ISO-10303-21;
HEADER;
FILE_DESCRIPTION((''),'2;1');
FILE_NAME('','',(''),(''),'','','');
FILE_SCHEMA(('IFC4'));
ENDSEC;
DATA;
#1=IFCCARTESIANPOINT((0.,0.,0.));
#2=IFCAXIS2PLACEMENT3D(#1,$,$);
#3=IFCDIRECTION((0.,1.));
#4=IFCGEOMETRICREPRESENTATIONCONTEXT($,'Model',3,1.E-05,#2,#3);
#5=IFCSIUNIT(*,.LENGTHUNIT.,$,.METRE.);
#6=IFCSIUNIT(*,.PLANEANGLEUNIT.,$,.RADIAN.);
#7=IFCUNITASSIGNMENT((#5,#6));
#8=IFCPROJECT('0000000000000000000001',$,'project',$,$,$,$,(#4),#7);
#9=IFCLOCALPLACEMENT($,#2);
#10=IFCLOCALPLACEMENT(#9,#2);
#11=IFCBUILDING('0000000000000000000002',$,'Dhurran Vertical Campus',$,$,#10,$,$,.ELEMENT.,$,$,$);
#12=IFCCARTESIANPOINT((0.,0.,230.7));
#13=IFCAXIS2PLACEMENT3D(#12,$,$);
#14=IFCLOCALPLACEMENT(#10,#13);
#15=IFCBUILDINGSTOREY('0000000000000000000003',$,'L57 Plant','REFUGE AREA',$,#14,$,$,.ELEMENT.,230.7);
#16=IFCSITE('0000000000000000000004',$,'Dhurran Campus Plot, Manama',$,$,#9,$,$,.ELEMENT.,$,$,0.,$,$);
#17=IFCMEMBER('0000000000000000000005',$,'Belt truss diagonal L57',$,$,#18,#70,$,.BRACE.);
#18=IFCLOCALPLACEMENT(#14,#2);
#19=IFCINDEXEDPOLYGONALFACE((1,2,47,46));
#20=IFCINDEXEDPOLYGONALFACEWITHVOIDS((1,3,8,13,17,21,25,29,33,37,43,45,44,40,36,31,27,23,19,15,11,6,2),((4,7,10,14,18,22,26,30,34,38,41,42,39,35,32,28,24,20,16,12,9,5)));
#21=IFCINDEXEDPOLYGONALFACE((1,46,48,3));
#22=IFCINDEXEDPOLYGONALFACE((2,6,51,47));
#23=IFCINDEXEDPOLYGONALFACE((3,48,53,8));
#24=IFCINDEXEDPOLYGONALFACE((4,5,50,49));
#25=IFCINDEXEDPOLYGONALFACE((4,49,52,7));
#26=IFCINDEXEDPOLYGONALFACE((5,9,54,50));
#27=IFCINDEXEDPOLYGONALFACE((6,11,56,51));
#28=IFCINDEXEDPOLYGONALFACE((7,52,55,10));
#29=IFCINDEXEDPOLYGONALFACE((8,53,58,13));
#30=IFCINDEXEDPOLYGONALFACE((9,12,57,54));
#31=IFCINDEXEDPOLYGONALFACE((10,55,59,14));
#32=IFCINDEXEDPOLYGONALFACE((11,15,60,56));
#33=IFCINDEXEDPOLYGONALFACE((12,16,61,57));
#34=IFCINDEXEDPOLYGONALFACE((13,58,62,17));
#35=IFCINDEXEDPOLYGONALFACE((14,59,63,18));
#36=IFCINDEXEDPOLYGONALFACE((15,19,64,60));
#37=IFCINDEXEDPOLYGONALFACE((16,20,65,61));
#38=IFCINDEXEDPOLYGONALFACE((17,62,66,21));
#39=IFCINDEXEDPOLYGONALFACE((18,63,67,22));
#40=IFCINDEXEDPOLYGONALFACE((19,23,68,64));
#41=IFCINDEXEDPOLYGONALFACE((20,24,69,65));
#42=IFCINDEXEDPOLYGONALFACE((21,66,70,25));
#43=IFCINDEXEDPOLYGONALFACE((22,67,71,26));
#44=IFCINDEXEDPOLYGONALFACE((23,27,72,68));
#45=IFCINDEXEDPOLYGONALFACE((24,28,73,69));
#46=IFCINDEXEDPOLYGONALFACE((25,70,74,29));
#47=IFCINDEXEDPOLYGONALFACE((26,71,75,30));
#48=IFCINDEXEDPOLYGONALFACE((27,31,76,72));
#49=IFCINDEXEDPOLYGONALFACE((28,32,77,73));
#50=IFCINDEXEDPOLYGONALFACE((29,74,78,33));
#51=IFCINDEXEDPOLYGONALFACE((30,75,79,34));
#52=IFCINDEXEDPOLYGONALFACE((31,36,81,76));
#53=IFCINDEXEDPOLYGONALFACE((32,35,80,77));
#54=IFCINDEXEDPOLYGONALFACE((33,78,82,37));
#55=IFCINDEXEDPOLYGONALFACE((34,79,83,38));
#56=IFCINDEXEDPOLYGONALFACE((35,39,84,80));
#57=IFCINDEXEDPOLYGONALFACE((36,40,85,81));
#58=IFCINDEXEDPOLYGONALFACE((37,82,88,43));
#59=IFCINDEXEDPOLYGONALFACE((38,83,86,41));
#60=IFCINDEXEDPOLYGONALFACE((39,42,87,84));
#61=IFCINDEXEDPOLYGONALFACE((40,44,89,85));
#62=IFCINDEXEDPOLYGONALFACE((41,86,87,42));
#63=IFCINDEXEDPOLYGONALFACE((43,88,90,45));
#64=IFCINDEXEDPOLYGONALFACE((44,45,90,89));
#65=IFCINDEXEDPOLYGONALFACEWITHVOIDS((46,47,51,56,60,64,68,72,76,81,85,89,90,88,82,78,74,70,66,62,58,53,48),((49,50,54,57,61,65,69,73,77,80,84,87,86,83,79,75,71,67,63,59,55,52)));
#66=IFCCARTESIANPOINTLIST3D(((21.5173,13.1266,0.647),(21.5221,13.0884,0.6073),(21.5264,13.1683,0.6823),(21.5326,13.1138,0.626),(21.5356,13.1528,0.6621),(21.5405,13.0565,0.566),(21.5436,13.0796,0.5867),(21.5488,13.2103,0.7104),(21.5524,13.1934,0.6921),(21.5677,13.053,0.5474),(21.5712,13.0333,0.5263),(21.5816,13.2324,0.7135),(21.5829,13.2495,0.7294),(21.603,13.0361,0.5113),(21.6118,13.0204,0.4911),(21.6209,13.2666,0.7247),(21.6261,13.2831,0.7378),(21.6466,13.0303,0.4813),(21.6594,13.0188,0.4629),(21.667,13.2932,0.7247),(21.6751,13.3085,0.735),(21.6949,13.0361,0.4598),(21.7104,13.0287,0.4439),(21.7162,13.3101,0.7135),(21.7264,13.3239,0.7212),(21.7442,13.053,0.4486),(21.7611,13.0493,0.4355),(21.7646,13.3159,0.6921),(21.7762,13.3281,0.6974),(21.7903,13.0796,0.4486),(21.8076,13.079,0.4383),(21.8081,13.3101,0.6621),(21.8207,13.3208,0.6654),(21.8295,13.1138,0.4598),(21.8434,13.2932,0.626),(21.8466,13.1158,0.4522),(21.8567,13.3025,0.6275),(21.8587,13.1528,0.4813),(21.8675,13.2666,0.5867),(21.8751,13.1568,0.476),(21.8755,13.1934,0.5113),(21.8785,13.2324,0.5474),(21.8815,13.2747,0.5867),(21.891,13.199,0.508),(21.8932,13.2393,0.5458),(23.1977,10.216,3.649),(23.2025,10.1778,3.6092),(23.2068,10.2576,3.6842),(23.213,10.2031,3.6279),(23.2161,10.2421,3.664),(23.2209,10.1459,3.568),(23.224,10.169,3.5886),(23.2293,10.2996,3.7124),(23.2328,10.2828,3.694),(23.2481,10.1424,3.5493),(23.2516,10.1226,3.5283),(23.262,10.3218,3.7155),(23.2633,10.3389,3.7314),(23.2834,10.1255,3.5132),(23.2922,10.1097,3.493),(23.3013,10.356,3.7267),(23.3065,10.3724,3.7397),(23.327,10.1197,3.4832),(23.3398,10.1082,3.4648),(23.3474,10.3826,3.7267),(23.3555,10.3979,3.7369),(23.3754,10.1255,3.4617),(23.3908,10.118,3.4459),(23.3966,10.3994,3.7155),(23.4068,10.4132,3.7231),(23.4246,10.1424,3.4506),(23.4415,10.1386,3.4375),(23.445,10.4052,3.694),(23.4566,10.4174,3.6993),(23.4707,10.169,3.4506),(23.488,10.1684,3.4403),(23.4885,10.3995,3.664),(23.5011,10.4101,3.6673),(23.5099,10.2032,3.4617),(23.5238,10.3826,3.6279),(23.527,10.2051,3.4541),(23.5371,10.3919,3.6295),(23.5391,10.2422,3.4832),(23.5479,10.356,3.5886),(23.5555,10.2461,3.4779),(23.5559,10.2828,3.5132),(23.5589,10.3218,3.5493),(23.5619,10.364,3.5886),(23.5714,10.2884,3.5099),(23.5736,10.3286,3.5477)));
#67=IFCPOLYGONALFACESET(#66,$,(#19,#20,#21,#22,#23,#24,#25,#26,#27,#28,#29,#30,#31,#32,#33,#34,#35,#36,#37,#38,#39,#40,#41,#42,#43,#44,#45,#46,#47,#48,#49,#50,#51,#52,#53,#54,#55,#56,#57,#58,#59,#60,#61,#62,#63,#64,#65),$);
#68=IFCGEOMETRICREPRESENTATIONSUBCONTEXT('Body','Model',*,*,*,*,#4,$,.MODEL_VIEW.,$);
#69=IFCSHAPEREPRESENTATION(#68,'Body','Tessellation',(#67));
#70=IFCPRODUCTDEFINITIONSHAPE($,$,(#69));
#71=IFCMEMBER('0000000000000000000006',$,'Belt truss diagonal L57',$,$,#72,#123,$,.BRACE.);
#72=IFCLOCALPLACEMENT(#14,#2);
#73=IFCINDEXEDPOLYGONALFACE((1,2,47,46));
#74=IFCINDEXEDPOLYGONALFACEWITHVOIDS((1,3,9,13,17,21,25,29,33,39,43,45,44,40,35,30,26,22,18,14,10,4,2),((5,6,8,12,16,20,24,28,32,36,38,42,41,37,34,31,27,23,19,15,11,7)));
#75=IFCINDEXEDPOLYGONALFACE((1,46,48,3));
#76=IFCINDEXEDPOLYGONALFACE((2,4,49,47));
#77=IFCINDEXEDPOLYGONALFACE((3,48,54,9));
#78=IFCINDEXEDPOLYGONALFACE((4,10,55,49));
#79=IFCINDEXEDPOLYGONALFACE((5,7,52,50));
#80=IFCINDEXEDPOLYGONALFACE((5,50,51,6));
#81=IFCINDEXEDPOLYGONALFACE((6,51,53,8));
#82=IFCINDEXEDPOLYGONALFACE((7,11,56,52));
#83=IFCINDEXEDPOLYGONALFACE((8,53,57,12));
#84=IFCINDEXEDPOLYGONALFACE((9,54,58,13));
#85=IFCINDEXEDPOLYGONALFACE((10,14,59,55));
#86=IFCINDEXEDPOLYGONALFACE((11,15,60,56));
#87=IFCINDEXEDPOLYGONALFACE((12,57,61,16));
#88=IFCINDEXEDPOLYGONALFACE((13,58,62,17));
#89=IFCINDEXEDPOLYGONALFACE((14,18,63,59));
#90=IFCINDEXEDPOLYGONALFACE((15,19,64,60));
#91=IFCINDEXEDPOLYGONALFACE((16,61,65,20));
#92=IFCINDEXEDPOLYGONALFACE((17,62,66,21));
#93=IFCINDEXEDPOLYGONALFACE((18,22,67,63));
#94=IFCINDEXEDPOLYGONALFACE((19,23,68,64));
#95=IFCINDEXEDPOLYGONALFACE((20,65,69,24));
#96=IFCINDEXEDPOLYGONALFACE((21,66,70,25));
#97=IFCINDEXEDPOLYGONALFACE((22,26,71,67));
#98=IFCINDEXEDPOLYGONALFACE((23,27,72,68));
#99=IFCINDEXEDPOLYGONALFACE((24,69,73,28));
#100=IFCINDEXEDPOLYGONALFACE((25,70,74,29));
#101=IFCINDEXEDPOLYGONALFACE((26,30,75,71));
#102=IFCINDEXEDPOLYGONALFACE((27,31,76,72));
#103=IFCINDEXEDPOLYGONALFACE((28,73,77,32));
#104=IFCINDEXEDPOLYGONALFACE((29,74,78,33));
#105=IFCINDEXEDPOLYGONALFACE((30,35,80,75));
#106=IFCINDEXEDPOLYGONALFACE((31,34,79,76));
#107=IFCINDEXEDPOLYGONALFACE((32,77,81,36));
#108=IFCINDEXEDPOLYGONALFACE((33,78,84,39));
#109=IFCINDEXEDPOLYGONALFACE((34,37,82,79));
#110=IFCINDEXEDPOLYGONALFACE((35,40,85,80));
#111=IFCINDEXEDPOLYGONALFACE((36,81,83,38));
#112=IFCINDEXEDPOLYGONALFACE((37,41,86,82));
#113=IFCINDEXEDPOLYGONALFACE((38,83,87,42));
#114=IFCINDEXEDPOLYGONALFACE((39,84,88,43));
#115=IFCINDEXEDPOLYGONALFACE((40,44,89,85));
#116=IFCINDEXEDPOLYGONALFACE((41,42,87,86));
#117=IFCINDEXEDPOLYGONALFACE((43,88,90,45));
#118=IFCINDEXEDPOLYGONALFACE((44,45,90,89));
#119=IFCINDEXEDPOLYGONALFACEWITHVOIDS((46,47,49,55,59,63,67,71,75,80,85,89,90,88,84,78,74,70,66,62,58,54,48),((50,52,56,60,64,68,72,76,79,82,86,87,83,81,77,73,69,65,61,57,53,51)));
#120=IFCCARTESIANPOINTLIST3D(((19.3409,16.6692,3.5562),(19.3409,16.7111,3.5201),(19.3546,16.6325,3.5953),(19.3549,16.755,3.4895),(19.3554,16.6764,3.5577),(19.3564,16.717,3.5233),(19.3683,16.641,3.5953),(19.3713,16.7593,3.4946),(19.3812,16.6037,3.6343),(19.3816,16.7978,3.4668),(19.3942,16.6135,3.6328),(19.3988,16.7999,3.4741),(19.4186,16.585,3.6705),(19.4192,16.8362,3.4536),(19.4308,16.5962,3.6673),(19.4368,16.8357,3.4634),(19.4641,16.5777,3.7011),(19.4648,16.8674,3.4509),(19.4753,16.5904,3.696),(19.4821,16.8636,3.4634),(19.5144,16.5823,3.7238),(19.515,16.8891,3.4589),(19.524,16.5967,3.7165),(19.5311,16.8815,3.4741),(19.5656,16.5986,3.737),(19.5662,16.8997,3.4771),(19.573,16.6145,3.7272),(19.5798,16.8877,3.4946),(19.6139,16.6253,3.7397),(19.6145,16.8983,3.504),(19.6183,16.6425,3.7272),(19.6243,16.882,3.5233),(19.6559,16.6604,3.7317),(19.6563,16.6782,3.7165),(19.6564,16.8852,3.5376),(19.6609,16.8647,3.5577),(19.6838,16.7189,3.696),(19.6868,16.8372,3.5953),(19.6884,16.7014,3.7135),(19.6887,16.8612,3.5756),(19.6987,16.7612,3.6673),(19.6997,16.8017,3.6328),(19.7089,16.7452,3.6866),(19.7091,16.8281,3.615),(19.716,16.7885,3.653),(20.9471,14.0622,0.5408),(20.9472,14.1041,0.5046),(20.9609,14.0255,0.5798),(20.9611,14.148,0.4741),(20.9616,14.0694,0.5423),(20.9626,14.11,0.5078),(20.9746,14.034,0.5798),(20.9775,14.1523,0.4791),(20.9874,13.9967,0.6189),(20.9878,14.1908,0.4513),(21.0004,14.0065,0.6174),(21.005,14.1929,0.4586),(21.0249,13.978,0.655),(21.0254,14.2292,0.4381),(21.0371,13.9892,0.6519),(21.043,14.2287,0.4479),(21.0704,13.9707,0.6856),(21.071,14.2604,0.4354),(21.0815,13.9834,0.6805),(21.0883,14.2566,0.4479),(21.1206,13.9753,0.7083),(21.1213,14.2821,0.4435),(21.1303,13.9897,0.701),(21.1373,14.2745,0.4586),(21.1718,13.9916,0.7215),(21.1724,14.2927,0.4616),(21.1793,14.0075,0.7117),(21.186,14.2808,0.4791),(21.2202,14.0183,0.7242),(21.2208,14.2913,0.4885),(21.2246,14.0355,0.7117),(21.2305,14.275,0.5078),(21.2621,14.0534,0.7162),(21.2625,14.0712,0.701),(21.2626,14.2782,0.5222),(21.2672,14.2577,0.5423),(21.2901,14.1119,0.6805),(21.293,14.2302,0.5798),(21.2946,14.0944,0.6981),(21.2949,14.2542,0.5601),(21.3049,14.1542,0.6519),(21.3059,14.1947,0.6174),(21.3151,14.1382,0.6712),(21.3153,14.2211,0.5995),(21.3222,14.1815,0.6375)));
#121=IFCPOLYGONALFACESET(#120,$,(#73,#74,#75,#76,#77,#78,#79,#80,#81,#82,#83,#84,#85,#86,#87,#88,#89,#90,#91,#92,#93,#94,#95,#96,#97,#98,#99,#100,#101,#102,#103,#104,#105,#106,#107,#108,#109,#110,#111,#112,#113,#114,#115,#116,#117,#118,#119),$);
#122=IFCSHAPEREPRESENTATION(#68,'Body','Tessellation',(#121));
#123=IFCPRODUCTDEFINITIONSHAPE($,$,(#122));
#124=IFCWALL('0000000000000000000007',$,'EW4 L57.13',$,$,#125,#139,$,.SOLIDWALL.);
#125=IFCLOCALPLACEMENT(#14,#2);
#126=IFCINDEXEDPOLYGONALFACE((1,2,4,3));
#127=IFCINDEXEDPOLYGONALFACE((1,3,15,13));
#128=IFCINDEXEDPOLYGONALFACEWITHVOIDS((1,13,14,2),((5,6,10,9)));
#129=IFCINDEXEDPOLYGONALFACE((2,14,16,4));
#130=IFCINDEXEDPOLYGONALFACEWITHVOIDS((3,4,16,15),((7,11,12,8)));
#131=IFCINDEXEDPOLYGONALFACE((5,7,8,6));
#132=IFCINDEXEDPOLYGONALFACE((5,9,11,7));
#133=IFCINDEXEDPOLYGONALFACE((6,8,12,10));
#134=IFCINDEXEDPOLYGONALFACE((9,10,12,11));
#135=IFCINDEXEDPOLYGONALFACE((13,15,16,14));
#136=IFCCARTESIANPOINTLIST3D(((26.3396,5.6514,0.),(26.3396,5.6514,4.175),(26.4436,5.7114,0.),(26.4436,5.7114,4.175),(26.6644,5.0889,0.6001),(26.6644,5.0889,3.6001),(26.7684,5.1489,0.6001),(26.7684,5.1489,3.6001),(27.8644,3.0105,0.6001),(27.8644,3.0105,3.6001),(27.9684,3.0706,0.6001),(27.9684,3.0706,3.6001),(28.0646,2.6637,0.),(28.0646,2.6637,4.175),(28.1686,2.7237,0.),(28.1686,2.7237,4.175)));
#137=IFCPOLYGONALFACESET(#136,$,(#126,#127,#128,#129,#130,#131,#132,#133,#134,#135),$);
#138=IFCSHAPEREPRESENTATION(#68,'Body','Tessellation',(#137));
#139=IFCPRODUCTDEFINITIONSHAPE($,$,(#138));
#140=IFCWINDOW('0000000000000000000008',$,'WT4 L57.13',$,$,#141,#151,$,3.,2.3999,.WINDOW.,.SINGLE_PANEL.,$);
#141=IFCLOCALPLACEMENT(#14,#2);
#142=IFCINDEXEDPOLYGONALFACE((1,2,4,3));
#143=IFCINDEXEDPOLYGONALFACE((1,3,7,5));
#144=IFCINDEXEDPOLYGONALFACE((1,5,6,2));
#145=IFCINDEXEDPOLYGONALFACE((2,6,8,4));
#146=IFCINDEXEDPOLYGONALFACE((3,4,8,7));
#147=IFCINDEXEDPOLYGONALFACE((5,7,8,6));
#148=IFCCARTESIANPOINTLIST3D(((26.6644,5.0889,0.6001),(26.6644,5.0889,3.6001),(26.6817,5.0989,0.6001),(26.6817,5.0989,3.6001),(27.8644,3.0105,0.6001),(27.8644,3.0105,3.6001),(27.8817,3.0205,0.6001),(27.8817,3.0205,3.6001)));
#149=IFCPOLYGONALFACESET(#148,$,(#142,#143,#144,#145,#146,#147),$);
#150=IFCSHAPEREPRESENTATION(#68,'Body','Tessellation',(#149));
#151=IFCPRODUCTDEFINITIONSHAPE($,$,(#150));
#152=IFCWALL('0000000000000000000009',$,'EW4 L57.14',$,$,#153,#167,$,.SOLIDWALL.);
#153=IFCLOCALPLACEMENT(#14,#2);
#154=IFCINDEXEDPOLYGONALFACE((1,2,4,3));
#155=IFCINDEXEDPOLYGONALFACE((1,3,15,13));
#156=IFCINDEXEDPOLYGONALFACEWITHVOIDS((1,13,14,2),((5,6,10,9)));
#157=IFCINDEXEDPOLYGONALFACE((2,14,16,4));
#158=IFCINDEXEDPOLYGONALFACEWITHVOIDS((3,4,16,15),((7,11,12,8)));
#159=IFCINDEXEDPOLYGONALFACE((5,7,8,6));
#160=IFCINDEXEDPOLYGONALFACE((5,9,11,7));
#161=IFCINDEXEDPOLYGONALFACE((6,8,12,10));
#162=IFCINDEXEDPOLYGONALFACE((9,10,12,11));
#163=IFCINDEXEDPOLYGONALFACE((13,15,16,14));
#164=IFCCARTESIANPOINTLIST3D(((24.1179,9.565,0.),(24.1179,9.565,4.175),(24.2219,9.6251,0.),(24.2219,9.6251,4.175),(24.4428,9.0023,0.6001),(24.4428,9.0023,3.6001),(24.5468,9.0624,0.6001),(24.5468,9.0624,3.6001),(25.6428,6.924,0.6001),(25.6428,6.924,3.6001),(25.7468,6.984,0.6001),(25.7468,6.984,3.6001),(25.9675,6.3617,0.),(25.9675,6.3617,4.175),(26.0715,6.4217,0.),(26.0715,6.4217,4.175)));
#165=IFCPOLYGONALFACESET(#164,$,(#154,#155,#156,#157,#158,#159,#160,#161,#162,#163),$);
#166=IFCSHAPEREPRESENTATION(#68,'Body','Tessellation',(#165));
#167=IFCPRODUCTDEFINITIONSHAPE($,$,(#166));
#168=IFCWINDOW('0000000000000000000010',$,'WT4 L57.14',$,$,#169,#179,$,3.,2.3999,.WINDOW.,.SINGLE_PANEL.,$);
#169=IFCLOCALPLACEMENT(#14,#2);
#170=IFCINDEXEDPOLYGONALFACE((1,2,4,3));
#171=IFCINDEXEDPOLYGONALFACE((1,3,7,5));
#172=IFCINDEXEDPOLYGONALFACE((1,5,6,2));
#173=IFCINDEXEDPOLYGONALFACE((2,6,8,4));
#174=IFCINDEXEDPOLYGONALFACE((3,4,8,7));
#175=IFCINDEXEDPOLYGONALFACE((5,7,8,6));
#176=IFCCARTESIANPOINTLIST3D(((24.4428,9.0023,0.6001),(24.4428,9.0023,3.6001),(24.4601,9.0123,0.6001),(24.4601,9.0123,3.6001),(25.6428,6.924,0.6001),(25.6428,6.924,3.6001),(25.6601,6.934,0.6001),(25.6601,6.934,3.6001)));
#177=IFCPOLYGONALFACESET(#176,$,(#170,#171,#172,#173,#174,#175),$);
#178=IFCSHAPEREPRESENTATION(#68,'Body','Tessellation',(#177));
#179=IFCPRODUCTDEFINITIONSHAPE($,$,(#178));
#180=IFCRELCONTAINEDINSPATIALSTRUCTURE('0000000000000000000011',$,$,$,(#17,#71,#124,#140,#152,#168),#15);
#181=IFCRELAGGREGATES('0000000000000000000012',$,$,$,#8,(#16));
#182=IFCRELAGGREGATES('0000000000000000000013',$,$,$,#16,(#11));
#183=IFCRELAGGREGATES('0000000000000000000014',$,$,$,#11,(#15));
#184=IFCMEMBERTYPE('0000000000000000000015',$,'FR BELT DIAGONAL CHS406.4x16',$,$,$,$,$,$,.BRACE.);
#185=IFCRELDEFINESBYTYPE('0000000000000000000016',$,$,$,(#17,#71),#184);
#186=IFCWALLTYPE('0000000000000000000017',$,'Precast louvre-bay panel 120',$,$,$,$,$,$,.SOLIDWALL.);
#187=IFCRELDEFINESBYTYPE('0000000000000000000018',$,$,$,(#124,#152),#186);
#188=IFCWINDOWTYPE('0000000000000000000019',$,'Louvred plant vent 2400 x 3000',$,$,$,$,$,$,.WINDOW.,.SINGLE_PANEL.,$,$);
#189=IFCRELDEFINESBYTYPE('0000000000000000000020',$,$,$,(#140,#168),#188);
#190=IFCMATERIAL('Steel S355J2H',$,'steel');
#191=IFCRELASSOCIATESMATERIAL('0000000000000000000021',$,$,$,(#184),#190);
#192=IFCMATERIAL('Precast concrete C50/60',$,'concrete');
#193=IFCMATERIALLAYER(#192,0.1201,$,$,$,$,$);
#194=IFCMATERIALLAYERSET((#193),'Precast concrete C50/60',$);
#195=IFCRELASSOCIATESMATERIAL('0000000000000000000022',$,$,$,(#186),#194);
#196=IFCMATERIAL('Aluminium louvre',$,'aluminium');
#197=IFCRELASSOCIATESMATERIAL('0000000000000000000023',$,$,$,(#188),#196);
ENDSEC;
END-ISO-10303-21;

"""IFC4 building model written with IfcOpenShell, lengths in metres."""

from ifc_helpers import new_model, si_unit, direction, frame, frame_2d, origin, origin_2d, place, context, subcontext, project, spatial, rectangle, hollow_circle, extrude, material, layer, layer_set, material_profile, profile_set, type_object, element, fill, save


model = new_model("IFC4")

# Units and contexts
model_context = context("Model", 3, precision=1e-05, world=origin(), true_north=direction((0.0, 1.0)))
body_context = subcontext(model_context, "Body", "Model", "MODEL_VIEW")
ifc_project = project(units=[si_unit("LENGTHUNIT", "METRE"), si_unit("PLANEANGLEUNIT", "RADIAN")], contexts=[model_context])

# Site, building, storey
site_placement = place(None, origin())
site = spatial("IfcSite", under=ifc_project, at=site_placement, Name="Dhurran Campus Plot, Manama", CompositionType="ELEMENT", RefElevation=0.0)
building_placement = place(site_placement, origin())
building = spatial("IfcBuilding", under=site, at=building_placement, Name="Dhurran Vertical Campus", CompositionType="ELEMENT")
storey_placement = place(building_placement, frame((0.0, 0.0, 230.7)))
storey = spatial("IfcBuildingStorey", under=building, at=storey_placement, Name="L57 Plant", Description="REFUGE AREA", CompositionType="ELEMENT", Elevation=230.7)

# Members
ifc_material_1 = material(Name="Steel S355J2H", Category="steel")
ifc_material_profile_1 = material_profile(ifc_material_1, hollow_circle(Radius=0.2031, WallThickness=0.0161, at=origin_2d()), Name="CHS406.4x16")
ifc_profile_set_1 = profile_set([ifc_material_profile_1], Name="Steel S355J2H")
member_type = type_object("IfcMemberType", Name="FR BELT DIAGONAL CHS406.4x16", PredefinedType="BRACE", material=ifc_profile_set_1)
member_1_placement = place(storey_placement, frame((21.7056, 13.1731, 0.5867), z_axis=(0.372899, -0.645895, 0.666157), x_axis=(0.866031, 0.499991, 0.0)))
element("IfcMember", 1, at=member_1_placement, inside=storey, type_object=member_type, Name="Belt truss diagonal L57", PredefinedType="BRACE", context=body_context, shape_type="SweptSolid", body=[
    extrude(hollow_circle(Radius=0.2031, WallThickness=0.0161, at=origin_2d()), origin(), (0.0, 0.0, 1.0), 4.5063),
])
member_2_placement = place(storey_placement, frame((21.1338, 14.1321, 0.5798), z_axis=(-0.373752, 0.606616, 0.701659), x_axis=(-0.851376, -0.524556, 0.0)))
element("IfcMember", 2, at=member_2_placement, inside=storey, type_object=member_type, Name="Belt truss diagonal L57", PredefinedType="BRACE", context=body_context, shape_type="SweptSolid", body=[
    extrude(hollow_circle(Radius=0.2031, WallThickness=0.0161, at=origin_2d()), origin(), (0.0, 0.0, 1.0), 4.2976),
])

# Walls, openings, windows
ifc_material_2 = material(Name="Precast concrete C50/60", Category="concrete")
ifc_layer_1 = layer(ifc_material_2, 0.1201)
ifc_layer_set_1 = layer_set([ifc_layer_1], Name="Precast concrete C50/60")
wall_type_1 = type_object("IfcWallType", Name="Precast louvre-bay panel 120", PredefinedType="SOLIDWALL", material=ifc_layer_set_1)
wall_1_placement = place(storey_placement, frame((28.1167, 2.6936, 0.0), z_axis=(0.0, 0.0, 1.0), x_axis=(-0.500021, 0.866014, 0.0)))
wall_1 = element("IfcWall", 3, at=wall_1_placement, inside=storey, type_object=wall_type_1, Name="EW4 L57.13", PredefinedType="SOLIDWALL", context=body_context, shape_type="SweptSolid", body=[
    extrude(rectangle(XDim=3.45, YDim=0.1201, at=frame_2d((1.7251, 0.0))), origin(), (0.0, 0.0, 1.0), 4.175),
])
opening_1_placement = place(wall_1_placement, frame((0.4006, 0.0, 0.6001)))
opening_1 = element("IfcOpeningElement", 4, at=opening_1_placement, cuts=wall_1, PredefinedType="OPENING", context=body_context, shape_type="SweptSolid", body=[
    extrude(rectangle(XDim=2.3999, YDim=3.0, at=frame_2d((1.2, 1.5))), frame((0.0, 0.0701, 0.0), z_axis=(0.0, -1.0, 0.0), x_axis=(1.0, 0.0, 0.0)), (0.0, 0.0, 1.0), 0.1401),
])
ifc_material_3 = material(Name="Aluminium louvre", Category="aluminium")
window_type = type_object("IfcWindowType", Name="Louvred plant vent 2400 x 3000", PartitioningType="SINGLE_PANEL", PredefinedType="WINDOW", material=ifc_material_3)
window_1_placement = place(opening_1_placement, origin())
window_1 = element("IfcWindow", 5, at=window_1_placement, inside=storey, type_object=window_type, Name="WT4 L57.13", OverallHeight=3.0, OverallWidth=2.3999, PartitioningType="SINGLE_PANEL", PredefinedType="WINDOW", context=body_context, shape_type="SweptSolid", body=[
    extrude(rectangle(XDim=2.3999, YDim=3.0, at=frame_2d((1.2, 1.5))), frame((0.0, 0.0601, 0.0), z_axis=(0.0, -1.0, 0.0), x_axis=(1.0, 0.0, 0.0)), (0.0, 0.0, 1.0), 0.02),
])
fill(opening_1, window_1)
wall_2_placement = place(storey_placement, frame((26.0195, 6.3916, 0.0), z_axis=(0.0, 0.0, 1.0), x_axis=(-0.500029, 0.866009, 0.0)))
wall_2 = element("IfcWall", 6, at=wall_2_placement, inside=storey, type_object=wall_type_1, Name="EW4 L57.14", PredefinedType="SOLIDWALL", context=body_context, shape_type="SweptSolid", body=[
    extrude(rectangle(XDim=3.699, YDim=0.1201, at=frame_2d((1.8496, 0.0))), origin(), (0.0, 0.0, 1.0), 4.175),
])
opening_2_placement = place(wall_2_placement, frame((0.6494, 0.0, 0.6001)))
opening_2 = element("IfcOpeningElement", 7, at=opening_2_placement, cuts=wall_2, PredefinedType="OPENING", context=body_context, shape_type="SweptSolid", body=[
    extrude(rectangle(XDim=2.3999, YDim=3.0, at=frame_2d((1.2, 1.5))), frame((0.0, 0.0701, 0.0), z_axis=(0.0, -1.0, 0.0), x_axis=(1.0, 0.0, 0.0)), (0.0, 0.0, 1.0), 0.1401),
])
window_2_placement = place(opening_2_placement, origin())
window_2 = element("IfcWindow", 8, at=window_2_placement, inside=storey, type_object=window_type, Name="WT4 L57.14", OverallHeight=3.0, OverallWidth=2.3999, PartitioningType="SINGLE_PANEL", PredefinedType="WINDOW", context=body_context, shape_type="SweptSolid", body=[
    extrude(rectangle(XDim=2.3999, YDim=3.0, at=frame_2d((1.2, 1.5))), frame((0.0, 0.0601, 0.0), z_axis=(0.0, -1.0, 0.0), x_axis=(1.0, 0.0, 0.0)), (0.0, 0.0, 1.0), 0.02),
])
fill(opening_2, window_2)

save(model, "model.ifc")
